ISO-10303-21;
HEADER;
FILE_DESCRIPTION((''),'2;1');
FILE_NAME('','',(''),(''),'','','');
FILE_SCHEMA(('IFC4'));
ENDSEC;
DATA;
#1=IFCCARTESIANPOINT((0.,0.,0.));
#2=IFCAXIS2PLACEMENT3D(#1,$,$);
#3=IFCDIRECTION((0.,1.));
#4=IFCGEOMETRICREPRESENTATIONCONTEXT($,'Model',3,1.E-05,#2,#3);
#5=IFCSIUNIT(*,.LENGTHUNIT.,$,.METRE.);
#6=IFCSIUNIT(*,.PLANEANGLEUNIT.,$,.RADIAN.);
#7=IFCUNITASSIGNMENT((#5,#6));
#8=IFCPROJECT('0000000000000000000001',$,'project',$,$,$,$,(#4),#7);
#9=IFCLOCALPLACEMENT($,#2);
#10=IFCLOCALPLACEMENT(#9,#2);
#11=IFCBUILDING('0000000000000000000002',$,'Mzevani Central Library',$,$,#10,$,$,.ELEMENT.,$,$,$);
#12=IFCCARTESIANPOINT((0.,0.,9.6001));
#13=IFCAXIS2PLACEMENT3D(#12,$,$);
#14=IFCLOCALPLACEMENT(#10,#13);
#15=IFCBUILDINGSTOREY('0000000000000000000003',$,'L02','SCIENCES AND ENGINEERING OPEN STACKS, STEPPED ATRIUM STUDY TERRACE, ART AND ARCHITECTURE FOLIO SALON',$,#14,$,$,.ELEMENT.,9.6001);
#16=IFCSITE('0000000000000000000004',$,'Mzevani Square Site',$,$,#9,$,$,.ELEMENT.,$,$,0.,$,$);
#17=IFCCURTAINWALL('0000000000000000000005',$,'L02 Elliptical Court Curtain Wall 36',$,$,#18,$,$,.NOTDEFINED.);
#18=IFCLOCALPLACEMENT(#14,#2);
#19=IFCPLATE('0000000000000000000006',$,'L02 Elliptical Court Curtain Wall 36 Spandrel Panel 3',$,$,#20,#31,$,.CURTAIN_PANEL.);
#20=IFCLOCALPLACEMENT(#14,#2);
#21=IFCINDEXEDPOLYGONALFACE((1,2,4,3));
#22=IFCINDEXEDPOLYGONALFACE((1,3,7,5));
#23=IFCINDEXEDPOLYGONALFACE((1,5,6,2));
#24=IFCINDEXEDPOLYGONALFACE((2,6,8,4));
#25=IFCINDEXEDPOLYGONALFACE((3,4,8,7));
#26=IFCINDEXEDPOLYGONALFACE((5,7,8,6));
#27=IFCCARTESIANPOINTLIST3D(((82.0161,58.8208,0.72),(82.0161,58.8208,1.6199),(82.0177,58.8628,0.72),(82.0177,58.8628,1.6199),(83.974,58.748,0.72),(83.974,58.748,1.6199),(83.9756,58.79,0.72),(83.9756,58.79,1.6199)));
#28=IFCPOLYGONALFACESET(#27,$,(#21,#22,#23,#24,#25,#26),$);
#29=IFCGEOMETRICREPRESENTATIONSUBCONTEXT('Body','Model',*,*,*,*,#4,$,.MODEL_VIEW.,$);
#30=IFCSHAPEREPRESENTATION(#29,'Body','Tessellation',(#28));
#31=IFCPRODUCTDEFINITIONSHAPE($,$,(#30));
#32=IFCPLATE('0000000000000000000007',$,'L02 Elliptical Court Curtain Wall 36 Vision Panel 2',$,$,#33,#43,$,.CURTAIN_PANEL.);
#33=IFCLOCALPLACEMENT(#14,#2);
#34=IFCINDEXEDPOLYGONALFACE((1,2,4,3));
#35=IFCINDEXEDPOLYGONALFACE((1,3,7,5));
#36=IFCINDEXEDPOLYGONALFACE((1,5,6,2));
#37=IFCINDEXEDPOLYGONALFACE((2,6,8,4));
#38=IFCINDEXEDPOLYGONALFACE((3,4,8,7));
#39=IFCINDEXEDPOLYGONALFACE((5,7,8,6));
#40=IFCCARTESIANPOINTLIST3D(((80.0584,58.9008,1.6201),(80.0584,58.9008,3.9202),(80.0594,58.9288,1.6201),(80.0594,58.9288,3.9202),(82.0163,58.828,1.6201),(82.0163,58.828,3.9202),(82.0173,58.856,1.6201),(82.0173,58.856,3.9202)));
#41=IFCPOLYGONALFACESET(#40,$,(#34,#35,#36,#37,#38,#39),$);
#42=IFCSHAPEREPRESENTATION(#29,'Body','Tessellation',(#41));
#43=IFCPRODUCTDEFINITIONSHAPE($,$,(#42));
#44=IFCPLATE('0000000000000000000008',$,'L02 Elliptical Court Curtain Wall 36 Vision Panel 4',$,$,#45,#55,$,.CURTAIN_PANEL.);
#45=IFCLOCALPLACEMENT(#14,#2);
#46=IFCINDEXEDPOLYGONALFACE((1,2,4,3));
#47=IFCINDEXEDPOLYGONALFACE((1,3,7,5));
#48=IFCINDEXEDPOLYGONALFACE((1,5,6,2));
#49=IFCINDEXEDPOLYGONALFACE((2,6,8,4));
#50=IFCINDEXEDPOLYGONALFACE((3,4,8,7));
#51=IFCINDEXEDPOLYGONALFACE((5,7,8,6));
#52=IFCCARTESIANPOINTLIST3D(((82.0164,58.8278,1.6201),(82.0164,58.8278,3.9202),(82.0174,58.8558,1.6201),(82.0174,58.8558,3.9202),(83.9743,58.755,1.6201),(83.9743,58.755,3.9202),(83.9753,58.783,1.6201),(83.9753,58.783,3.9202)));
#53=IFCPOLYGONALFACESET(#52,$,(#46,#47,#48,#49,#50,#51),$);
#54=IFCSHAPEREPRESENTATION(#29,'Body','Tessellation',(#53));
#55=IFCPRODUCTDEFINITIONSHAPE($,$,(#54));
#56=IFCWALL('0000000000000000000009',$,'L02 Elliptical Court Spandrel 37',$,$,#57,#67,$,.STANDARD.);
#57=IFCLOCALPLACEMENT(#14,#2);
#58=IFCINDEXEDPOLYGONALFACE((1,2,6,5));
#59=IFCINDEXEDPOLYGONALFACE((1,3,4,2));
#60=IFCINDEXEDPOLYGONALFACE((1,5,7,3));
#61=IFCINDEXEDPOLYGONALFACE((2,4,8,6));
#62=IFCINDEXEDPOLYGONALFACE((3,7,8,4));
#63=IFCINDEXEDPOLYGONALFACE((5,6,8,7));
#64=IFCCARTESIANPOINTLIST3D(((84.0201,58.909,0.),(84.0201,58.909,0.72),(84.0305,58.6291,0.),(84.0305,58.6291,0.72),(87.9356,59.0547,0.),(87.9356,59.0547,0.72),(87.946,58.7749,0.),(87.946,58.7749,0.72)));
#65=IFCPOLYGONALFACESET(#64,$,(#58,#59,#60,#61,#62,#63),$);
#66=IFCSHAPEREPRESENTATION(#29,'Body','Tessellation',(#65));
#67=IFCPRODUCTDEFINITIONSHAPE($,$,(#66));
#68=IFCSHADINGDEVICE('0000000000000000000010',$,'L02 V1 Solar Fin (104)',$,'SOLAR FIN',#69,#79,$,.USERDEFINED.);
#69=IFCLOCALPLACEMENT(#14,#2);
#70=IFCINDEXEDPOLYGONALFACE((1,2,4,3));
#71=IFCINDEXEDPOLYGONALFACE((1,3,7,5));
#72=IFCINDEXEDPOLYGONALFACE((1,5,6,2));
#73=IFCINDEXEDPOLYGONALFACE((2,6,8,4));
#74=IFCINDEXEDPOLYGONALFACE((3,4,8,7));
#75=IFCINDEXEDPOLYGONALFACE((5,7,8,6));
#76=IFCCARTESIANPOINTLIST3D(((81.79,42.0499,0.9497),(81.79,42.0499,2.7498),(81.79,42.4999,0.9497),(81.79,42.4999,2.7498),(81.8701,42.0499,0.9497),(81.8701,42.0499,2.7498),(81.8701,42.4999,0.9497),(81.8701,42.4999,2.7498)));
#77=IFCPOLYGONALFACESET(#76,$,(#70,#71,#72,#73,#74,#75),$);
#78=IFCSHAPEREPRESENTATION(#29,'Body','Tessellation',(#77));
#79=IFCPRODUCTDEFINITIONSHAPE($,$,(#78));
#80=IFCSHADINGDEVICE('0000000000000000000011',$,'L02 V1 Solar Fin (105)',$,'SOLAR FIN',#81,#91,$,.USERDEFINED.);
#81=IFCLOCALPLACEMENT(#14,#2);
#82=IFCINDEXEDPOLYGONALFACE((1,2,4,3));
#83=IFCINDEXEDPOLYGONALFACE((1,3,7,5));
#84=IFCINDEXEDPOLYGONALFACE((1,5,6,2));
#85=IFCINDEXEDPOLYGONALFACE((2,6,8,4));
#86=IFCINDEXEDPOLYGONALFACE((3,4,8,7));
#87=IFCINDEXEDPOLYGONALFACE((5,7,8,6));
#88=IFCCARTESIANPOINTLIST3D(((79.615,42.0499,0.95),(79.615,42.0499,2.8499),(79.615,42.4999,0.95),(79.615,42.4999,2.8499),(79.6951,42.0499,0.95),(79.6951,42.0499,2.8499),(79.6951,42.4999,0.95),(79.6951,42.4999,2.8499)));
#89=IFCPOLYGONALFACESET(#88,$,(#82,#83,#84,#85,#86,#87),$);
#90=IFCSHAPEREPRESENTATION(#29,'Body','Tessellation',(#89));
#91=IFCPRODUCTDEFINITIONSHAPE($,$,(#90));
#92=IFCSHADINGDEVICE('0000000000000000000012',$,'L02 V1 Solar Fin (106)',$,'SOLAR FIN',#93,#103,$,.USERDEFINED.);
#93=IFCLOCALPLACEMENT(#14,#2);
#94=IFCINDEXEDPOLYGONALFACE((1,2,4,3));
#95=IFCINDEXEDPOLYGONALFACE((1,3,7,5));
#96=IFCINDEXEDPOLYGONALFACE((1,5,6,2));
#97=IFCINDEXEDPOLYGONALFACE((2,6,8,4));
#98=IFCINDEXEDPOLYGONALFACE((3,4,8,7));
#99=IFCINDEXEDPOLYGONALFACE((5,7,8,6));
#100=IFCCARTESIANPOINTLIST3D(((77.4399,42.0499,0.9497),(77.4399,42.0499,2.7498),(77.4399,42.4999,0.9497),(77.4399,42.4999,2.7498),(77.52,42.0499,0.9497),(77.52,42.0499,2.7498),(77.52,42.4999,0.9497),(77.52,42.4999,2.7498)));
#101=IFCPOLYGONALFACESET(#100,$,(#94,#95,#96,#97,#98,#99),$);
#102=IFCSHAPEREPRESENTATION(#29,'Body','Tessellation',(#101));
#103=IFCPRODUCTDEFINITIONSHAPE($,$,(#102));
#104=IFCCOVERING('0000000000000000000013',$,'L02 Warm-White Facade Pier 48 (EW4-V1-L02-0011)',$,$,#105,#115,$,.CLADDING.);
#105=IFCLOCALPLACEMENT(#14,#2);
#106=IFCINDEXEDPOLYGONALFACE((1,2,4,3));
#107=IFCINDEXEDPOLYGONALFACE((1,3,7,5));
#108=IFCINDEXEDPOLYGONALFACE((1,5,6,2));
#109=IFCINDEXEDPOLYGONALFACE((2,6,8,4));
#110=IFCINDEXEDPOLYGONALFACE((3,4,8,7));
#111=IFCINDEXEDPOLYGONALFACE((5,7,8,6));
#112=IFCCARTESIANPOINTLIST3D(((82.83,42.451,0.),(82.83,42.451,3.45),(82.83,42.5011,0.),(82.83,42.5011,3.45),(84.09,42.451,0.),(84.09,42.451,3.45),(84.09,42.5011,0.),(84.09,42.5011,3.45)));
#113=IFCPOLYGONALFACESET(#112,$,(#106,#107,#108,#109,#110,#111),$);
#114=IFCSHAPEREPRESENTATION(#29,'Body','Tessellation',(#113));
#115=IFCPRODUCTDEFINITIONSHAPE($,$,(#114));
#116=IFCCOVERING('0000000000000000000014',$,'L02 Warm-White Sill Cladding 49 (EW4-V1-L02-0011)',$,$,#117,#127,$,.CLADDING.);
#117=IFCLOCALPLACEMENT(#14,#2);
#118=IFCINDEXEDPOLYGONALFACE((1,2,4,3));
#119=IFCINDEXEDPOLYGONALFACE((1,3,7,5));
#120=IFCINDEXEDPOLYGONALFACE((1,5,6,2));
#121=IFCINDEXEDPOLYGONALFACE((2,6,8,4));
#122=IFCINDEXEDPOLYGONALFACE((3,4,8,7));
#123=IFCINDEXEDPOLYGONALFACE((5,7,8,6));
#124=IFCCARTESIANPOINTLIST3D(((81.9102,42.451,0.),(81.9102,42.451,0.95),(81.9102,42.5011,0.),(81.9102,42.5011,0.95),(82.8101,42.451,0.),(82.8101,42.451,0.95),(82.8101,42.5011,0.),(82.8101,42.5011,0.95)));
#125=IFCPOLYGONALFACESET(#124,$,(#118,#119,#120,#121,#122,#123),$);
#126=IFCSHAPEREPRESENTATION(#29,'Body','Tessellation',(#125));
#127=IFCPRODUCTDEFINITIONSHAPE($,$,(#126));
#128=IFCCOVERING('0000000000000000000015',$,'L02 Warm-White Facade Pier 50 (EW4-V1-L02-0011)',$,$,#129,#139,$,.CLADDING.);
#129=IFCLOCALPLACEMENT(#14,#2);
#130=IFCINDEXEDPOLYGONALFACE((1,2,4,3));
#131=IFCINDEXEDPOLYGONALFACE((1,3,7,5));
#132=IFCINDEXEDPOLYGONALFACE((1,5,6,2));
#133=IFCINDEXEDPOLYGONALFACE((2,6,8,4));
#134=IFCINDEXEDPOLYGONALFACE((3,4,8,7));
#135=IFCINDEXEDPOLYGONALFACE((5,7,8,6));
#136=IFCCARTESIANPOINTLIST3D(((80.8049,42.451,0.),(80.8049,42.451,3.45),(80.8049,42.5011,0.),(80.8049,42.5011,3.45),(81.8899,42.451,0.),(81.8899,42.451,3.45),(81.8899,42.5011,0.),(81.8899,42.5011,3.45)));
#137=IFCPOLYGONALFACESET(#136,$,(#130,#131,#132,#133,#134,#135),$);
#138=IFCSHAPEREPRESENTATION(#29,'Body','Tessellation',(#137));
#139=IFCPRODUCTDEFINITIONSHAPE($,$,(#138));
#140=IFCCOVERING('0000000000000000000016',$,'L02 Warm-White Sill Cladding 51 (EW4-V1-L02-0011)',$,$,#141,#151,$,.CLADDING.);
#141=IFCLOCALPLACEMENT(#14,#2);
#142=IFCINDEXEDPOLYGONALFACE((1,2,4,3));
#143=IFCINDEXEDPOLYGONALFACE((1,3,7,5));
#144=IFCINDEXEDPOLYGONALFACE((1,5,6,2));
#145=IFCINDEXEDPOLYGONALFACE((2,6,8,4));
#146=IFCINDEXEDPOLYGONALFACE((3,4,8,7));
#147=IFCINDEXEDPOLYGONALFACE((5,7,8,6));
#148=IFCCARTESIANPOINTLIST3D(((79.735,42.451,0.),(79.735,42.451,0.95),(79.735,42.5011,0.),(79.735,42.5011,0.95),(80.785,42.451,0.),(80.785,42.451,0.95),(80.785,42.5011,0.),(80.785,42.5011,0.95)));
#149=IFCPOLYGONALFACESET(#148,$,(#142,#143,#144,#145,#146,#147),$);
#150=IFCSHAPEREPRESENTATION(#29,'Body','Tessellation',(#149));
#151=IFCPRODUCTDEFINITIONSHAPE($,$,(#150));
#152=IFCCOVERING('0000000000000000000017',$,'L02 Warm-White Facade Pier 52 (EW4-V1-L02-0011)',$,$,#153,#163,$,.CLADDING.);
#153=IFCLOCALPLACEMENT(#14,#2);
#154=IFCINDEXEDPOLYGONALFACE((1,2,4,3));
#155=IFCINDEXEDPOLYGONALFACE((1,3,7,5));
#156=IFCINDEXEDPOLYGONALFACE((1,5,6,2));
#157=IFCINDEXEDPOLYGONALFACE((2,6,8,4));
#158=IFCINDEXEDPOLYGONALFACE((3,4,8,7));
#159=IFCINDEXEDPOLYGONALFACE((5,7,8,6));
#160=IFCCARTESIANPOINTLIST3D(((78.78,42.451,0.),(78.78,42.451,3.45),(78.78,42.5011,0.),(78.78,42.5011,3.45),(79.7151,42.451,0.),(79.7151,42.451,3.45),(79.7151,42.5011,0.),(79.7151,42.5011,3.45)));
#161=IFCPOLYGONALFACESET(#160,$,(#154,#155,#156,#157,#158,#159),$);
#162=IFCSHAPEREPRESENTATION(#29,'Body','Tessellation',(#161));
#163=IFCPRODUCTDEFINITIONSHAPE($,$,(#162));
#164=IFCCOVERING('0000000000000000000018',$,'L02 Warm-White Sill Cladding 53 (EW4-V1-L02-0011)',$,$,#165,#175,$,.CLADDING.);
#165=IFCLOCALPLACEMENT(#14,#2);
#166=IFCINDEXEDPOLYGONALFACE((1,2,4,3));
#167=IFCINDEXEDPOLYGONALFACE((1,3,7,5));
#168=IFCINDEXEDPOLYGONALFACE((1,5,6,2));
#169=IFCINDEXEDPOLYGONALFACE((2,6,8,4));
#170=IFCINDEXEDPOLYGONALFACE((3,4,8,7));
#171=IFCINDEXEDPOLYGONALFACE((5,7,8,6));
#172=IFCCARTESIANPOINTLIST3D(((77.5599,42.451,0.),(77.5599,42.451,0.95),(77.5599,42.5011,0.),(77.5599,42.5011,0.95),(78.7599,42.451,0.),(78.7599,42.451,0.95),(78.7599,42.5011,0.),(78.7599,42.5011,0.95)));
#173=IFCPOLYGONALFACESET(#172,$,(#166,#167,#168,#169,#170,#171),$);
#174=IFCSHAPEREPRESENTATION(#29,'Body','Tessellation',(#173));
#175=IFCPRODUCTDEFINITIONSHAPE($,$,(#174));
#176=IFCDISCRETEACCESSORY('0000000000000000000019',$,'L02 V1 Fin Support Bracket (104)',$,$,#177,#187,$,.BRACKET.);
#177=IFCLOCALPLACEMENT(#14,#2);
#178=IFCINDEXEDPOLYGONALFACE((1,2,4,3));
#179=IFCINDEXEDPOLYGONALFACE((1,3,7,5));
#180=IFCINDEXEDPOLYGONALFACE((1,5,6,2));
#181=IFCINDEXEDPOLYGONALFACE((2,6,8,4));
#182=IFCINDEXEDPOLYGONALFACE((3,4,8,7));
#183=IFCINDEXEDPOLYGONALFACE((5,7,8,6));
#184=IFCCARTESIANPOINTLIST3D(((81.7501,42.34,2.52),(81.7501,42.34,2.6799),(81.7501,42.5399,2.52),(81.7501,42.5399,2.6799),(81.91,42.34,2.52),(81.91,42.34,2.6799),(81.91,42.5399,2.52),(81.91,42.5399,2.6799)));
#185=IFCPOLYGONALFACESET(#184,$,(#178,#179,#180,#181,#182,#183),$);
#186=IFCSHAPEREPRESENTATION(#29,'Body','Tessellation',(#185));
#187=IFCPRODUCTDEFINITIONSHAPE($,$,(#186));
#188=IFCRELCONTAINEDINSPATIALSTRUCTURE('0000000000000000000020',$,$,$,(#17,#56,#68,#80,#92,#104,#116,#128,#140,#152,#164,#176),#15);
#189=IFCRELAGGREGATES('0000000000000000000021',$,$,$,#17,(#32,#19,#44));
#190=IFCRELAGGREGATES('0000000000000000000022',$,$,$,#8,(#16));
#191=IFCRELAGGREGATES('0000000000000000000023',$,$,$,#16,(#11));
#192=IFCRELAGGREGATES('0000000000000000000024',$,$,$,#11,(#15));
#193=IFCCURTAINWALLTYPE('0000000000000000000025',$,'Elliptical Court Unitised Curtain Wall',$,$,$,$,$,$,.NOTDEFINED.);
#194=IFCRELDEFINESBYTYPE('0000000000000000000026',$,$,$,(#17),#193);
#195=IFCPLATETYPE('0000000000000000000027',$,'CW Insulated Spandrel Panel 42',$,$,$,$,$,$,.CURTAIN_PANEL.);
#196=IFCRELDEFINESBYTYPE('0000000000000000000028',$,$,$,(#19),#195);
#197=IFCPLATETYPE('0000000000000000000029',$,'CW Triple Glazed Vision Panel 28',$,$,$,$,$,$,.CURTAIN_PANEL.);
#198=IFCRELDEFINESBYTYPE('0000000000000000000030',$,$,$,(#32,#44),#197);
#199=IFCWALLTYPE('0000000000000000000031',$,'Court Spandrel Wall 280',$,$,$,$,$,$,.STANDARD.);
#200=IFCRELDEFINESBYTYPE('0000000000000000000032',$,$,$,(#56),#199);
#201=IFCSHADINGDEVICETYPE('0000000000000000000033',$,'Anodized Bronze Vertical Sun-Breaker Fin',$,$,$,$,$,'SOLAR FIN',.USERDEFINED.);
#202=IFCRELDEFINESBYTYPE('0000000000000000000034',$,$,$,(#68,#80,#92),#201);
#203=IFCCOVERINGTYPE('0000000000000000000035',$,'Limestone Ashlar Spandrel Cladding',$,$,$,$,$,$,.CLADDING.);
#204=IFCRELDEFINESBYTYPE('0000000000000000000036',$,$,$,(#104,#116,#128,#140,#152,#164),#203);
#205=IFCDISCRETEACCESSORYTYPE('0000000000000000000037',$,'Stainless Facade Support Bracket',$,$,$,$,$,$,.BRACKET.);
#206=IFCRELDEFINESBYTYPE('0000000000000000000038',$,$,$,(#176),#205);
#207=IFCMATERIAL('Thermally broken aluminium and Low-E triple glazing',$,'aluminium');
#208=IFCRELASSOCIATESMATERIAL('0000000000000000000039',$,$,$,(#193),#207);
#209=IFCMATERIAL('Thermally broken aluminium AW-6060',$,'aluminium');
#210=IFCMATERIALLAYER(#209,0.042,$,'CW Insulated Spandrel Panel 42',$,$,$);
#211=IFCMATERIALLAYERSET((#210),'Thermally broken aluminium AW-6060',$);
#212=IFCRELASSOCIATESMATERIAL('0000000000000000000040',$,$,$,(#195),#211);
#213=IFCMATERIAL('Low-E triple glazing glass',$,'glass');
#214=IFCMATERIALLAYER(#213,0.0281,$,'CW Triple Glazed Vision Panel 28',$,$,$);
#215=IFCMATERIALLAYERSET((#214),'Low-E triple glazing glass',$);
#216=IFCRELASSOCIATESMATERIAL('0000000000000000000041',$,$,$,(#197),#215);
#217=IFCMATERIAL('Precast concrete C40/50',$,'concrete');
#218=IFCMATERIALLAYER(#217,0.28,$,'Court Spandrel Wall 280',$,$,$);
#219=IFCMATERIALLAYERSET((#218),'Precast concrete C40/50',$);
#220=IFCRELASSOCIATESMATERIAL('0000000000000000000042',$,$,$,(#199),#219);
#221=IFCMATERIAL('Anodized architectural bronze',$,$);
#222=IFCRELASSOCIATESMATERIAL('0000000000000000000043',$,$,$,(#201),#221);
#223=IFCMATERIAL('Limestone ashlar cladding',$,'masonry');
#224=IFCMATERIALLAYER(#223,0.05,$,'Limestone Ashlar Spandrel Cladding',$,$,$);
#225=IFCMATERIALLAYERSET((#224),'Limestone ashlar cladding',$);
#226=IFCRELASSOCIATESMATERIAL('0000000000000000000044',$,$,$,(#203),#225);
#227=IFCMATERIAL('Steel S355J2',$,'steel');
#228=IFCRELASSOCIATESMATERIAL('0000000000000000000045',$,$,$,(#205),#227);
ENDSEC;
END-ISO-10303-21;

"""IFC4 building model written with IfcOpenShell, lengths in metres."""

from ifc_helpers import new_model, si_unit, direction, frame, frame_2d, origin, origin_2d, place, context, subcontext, project, spatial, rectangle, extrude, material, layer, layer_set, type_object, element, aggregate, save


model = new_model("IFC4")

# Units and contexts
model_context = context("Model", 3, precision=1e-05, world=origin(), true_north=direction((0.0, 1.0)))
body_context = subcontext(model_context, "Body", "Model", "MODEL_VIEW")
ifc_project = project(units=[si_unit("LENGTHUNIT", "METRE"), si_unit("PLANEANGLEUNIT", "RADIAN")], contexts=[model_context])

# Site, building, storey
site_placement = place(None, origin())
site = spatial("IfcSite", under=ifc_project, at=site_placement, Name="Mzevani Square Site", CompositionType="ELEMENT", RefElevation=0.0)
building_placement = place(site_placement, origin())
building = spatial("IfcBuilding", under=site, at=building_placement, Name="Mzevani Central Library", CompositionType="ELEMENT")
storey_placement = place(building_placement, frame((0.0, 0.0, 9.6001)))
storey = spatial("IfcBuildingStorey", under=building, at=storey_placement, Name="L02", Description="SCIENCES AND ENGINEERING OPEN STACKS, STEPPED ATRIUM STUDY TERRACE, ART AND ARCHITECTURE FOLIO SALON", CompositionType="ELEMENT", Elevation=9.6001)

# Curtain wall
ifc_material_1 = material(Name="Thermally broken aluminium and Low-E triple glazing", Category="aluminium")
curtain_wall_type = type_object("IfcCurtainWallType", Name="Elliptical Court Unitised Curtain Wall", PredefinedType="NOTDEFINED", material=ifc_material_1)
curtain_wall_placement = place(storey_placement, origin())
curtain_wall = element("IfcCurtainWall", 1, at=curtain_wall_placement, inside=storey, type_object=curtain_wall_type, Name="L02 Elliptical Court Curtain Wall 36", PredefinedType="NOTDEFINED")
ifc_material_2 = material(Name="Thermally broken aluminium AW-6060", Category="aluminium")

# Shared definitions
ifc_material_3 = material(Name="Precast concrete C40/50", Category="concrete")

# Plates
ifc_layer_1 = layer(ifc_material_2, 0.042, Name="CW Insulated Spandrel Panel 42")
ifc_layer_set_1 = layer_set([ifc_layer_1], Name="Thermally broken aluminium AW-6060")
plate_type_1 = type_object("IfcPlateType", Name="CW Insulated Spandrel Panel 42", PredefinedType="CURTAIN_PANEL", material=ifc_layer_set_1)
plate_1_placement = place(storey_placement, frame((82.9958, 58.8054, 0.72), z_axis=(0.0, 0.0, 1.0), x_axis=(0.999309, -0.037158, 0.0)))
plate_1 = element("IfcPlate", 2, at=plate_1_placement, type_object=plate_type_1, Name="L02 Elliptical Court Curtain Wall 36 Spandrel Panel 3", PredefinedType="CURTAIN_PANEL", context=body_context, shape_type="SweptSolid", body=[
    extrude(rectangle(XDim=1.9592, YDim=0.042, at=origin_2d()), origin(), (0.0, 0.0, 1.0), 0.8999),
])
ifc_material_4 = material(Name="Low-E triple glazing glass", Category="glass")
ifc_layer_2 = layer(ifc_material_4, 0.0281, Name="CW Triple Glazed Vision Panel 28")
ifc_layer_set_2 = layer_set([ifc_layer_2], Name="Low-E triple glazing glass")
plate_type_2 = type_object("IfcPlateType", Name="CW Triple Glazed Vision Panel 28", PredefinedType="CURTAIN_PANEL", material=ifc_layer_set_2)
plate_2_placement = place(storey_placement, frame((81.0378, 58.8784, 1.6201), z_axis=(0.0, 0.0, 1.0), x_axis=(0.999309, -0.037158, 0.0)))
plate_2 = element("IfcPlate", 3, at=plate_2_placement, type_object=plate_type_2, Name="L02 Elliptical Court Curtain Wall 36 Vision Panel 2", PredefinedType="CURTAIN_PANEL", context=body_context, shape_type="SweptSolid", body=[
    extrude(rectangle(XDim=1.9592, YDim=0.0281, at=origin_2d()), origin(), (0.0, 0.0, 1.0), 2.3),
])
plate_3_placement = place(storey_placement, frame((82.9958, 58.8054, 1.6201), z_axis=(0.0, 0.0, 1.0), x_axis=(0.999309, -0.037158, 0.0)))
plate_3 = element("IfcPlate", 4, at=plate_3_placement, type_object=plate_type_2, Name="L02 Elliptical Court Curtain Wall 36 Vision Panel 4", PredefinedType="CURTAIN_PANEL", context=body_context, shape_type="SweptSolid", body=[
    extrude(rectangle(XDim=1.9592, YDim=0.0281, at=origin_2d()), origin(), (0.0, 0.0, 1.0), 2.3),
])
aggregate(curtain_wall, [plate_2, plate_1, plate_3])

# Wall
ifc_layer_3 = layer(ifc_material_3, 0.28, Name="Court Spandrel Wall 280")
ifc_layer_set_3 = layer_set([ifc_layer_3], Name="Precast concrete C40/50")
wall_type = type_object("IfcWallType", Name="Court Spandrel Wall 280", PredefinedType="STANDARD", material=ifc_layer_set_3)
wall_placement = place(storey_placement, frame((84.0254, 58.769, 0.0), z_axis=(0.0, 0.0, 1.0), x_axis=(0.999308, 0.037198, 0.0)))
element("IfcWall", 5, at=wall_placement, inside=storey, type_object=wall_type, Name="L02 Elliptical Court Spandrel 37", PredefinedType="STANDARD", context=body_context, shape_type="SweptSolid", body=[
    extrude(rectangle(XDim=3.9182, YDim=0.28, at=frame_2d((1.959, 0.0))), origin(), (0.0, 0.0, 1.0), 0.72),
])

# Shading devices
ifc_material_5 = material(Name="Anodized architectural bronze")
shading_device_type = type_object("IfcShadingDeviceType", Name="Anodized Bronze Vertical Sun-Breaker Fin", ElementType="SOLAR FIN", PredefinedType="USERDEFINED", material=ifc_material_5)
shading_device_1_placement = place(storey_placement, frame((81.8301, 42.2749, 0.9497), z_axis=(0.0, 0.0, 1.0), x_axis=(-1.0, 0.0, 0.0)))
element("IfcShadingDevice", 6, at=shading_device_1_placement, inside=storey, type_object=shading_device_type, Name="L02 V1 Solar Fin (104)", ObjectType="SOLAR FIN", PredefinedType="USERDEFINED", context=body_context, shape_type="SweptSolid", body=[
    extrude(rectangle(XDim=0.0801, YDim=0.45, at=origin_2d()), origin(), (0.0, 0.0, 1.0), 1.8),
])
shading_device_2_placement = place(storey_placement, frame((79.655, 42.2749, 0.95), z_axis=(0.0, 0.0, 1.0), x_axis=(-1.0, 0.0, 0.0)))
element("IfcShadingDevice", 7, at=shading_device_2_placement, inside=storey, type_object=shading_device_type, Name="L02 V1 Solar Fin (105)", ObjectType="SOLAR FIN", PredefinedType="USERDEFINED", context=body_context, shape_type="SweptSolid", body=[
    extrude(rectangle(XDim=0.0801, YDim=0.45, at=origin_2d()), origin(), (0.0, 0.0, 1.0), 1.8999),
])
shading_device_3_placement = place(storey_placement, frame((77.48, 42.2749, 0.9497), z_axis=(0.0, 0.0, 1.0), x_axis=(-1.0, 0.0, 0.0)))
element("IfcShadingDevice", 8, at=shading_device_3_placement, inside=storey, type_object=shading_device_type, Name="L02 V1 Solar Fin (106)", ObjectType="SOLAR FIN", PredefinedType="USERDEFINED", context=body_context, shape_type="SweptSolid", body=[
    extrude(rectangle(XDim=0.0801, YDim=0.45, at=origin_2d()), origin(), (0.0, 0.0, 1.0), 1.8),
])

# Coverings
ifc_material_6 = material(Name="Limestone ashlar cladding", Category="masonry")
ifc_layer_4 = layer(ifc_material_6, 0.05, Name="Limestone Ashlar Spandrel Cladding")
ifc_layer_set_4 = layer_set([ifc_layer_4], Name="Limestone ashlar cladding")
covering_type = type_object("IfcCoveringType", Name="Limestone Ashlar Spandrel Cladding", PredefinedType="CLADDING", material=ifc_layer_set_4)
covering_1_placement = place(storey_placement, frame((83.46, 42.4761, 0.0), z_axis=(0.0, 0.0, 1.0), x_axis=(-1.0, 0.0, 0.0)))
element("IfcCovering", 9, at=covering_1_placement, inside=storey, type_object=covering_type, Name="L02 Warm-White Facade Pier 48 (EW4-V1-L02-0011)", PredefinedType="CLADDING", context=body_context, shape_type="SweptSolid", body=[
    extrude(rectangle(XDim=1.26, YDim=0.05, at=origin_2d()), origin(), (0.0, 0.0, 1.0), 3.45),
])
covering_2_placement = place(storey_placement, frame((82.3601, 42.4761, 0.0), z_axis=(0.0, 0.0, 1.0), x_axis=(-1.0, 0.0, 0.0)))
element("IfcCovering", 10, at=covering_2_placement, inside=storey, type_object=covering_type, Name="L02 Warm-White Sill Cladding 49 (EW4-V1-L02-0011)", PredefinedType="CLADDING", context=body_context, shape_type="SweptSolid", body=[
    extrude(rectangle(XDim=0.8999, YDim=0.05, at=origin_2d()), origin(), (0.0, 0.0, 1.0), 0.95),
])
covering_3_placement = place(storey_placement, frame((81.3474, 42.4761, 0.0), z_axis=(0.0, 0.0, 1.0), x_axis=(-1.0, 0.0, 0.0)))
element("IfcCovering", 11, at=covering_3_placement, inside=storey, type_object=covering_type, Name="L02 Warm-White Facade Pier 50 (EW4-V1-L02-0011)", PredefinedType="CLADDING", context=body_context, shape_type="SweptSolid", body=[
    extrude(rectangle(XDim=1.085, YDim=0.05, at=origin_2d()), origin(), (0.0, 0.0, 1.0), 3.45),
])
covering_4_placement = place(storey_placement, frame((80.26, 42.4761, 0.0), z_axis=(0.0, 0.0, 1.0), x_axis=(-1.0, 0.0, 0.0)))
element("IfcCovering", 12, at=covering_4_placement, inside=storey, type_object=covering_type, Name="L02 Warm-White Sill Cladding 51 (EW4-V1-L02-0011)", PredefinedType="CLADDING", context=body_context, shape_type="SweptSolid", body=[
    extrude(rectangle(XDim=1.05, YDim=0.05, at=origin_2d()), origin(), (0.0, 0.0, 1.0), 0.95),
])
covering_5_placement = place(storey_placement, frame((79.2476, 42.4761, 0.0), z_axis=(0.0, 0.0, 1.0), x_axis=(-1.0, 0.0, 0.0)))
element("IfcCovering", 13, at=covering_5_placement, inside=storey, type_object=covering_type, Name="L02 Warm-White Facade Pier 52 (EW4-V1-L02-0011)", PredefinedType="CLADDING", context=body_context, shape_type="SweptSolid", body=[
    extrude(rectangle(XDim=0.9351, YDim=0.05, at=origin_2d()), origin(), (0.0, 0.0, 1.0), 3.45),
])
covering_6_placement = place(storey_placement, frame((78.1599, 42.4761, 0.0), z_axis=(0.0, 0.0, 1.0), x_axis=(-1.0, 0.0, 0.0)))
element("IfcCovering", 14, at=covering_6_placement, inside=storey, type_object=covering_type, Name="L02 Warm-White Sill Cladding 53 (EW4-V1-L02-0011)", PredefinedType="CLADDING", context=body_context, shape_type="SweptSolid", body=[
    extrude(rectangle(XDim=1.2, YDim=0.05, at=origin_2d()), origin(), (0.0, 0.0, 1.0), 0.95),
])

# Discrete accessory
ifc_material_7 = material(Name="Steel S355J2", Category="steel")
discrete_accessory_type = type_object("IfcDiscreteAccessoryType", Name="Stainless Facade Support Bracket", PredefinedType="BRACKET", material=ifc_material_7)
for number, where, z_axis, x_axis, name in (
    (15, (81.8301, 42.4399, 2.52), (0.0, 0.0, 1.0), (-1.0, 0.0, 0.0), "L02 V1 Fin Support Bracket (104)"),
):
    element("IfcDiscreteAccessory", number, at=place(storey_placement, frame(where, z_axis=z_axis, x_axis=x_axis)), inside=storey, type_object=discrete_accessory_type, Name=name, PredefinedType="BRACKET", context=body_context, shape_type="SweptSolid", body=[
        extrude(rectangle(XDim=0.1599, YDim=0.2, at=origin_2d()), origin(), (0.0, 0.0, 1.0), 0.1599),
    ])

save(model, "model.ifc")
